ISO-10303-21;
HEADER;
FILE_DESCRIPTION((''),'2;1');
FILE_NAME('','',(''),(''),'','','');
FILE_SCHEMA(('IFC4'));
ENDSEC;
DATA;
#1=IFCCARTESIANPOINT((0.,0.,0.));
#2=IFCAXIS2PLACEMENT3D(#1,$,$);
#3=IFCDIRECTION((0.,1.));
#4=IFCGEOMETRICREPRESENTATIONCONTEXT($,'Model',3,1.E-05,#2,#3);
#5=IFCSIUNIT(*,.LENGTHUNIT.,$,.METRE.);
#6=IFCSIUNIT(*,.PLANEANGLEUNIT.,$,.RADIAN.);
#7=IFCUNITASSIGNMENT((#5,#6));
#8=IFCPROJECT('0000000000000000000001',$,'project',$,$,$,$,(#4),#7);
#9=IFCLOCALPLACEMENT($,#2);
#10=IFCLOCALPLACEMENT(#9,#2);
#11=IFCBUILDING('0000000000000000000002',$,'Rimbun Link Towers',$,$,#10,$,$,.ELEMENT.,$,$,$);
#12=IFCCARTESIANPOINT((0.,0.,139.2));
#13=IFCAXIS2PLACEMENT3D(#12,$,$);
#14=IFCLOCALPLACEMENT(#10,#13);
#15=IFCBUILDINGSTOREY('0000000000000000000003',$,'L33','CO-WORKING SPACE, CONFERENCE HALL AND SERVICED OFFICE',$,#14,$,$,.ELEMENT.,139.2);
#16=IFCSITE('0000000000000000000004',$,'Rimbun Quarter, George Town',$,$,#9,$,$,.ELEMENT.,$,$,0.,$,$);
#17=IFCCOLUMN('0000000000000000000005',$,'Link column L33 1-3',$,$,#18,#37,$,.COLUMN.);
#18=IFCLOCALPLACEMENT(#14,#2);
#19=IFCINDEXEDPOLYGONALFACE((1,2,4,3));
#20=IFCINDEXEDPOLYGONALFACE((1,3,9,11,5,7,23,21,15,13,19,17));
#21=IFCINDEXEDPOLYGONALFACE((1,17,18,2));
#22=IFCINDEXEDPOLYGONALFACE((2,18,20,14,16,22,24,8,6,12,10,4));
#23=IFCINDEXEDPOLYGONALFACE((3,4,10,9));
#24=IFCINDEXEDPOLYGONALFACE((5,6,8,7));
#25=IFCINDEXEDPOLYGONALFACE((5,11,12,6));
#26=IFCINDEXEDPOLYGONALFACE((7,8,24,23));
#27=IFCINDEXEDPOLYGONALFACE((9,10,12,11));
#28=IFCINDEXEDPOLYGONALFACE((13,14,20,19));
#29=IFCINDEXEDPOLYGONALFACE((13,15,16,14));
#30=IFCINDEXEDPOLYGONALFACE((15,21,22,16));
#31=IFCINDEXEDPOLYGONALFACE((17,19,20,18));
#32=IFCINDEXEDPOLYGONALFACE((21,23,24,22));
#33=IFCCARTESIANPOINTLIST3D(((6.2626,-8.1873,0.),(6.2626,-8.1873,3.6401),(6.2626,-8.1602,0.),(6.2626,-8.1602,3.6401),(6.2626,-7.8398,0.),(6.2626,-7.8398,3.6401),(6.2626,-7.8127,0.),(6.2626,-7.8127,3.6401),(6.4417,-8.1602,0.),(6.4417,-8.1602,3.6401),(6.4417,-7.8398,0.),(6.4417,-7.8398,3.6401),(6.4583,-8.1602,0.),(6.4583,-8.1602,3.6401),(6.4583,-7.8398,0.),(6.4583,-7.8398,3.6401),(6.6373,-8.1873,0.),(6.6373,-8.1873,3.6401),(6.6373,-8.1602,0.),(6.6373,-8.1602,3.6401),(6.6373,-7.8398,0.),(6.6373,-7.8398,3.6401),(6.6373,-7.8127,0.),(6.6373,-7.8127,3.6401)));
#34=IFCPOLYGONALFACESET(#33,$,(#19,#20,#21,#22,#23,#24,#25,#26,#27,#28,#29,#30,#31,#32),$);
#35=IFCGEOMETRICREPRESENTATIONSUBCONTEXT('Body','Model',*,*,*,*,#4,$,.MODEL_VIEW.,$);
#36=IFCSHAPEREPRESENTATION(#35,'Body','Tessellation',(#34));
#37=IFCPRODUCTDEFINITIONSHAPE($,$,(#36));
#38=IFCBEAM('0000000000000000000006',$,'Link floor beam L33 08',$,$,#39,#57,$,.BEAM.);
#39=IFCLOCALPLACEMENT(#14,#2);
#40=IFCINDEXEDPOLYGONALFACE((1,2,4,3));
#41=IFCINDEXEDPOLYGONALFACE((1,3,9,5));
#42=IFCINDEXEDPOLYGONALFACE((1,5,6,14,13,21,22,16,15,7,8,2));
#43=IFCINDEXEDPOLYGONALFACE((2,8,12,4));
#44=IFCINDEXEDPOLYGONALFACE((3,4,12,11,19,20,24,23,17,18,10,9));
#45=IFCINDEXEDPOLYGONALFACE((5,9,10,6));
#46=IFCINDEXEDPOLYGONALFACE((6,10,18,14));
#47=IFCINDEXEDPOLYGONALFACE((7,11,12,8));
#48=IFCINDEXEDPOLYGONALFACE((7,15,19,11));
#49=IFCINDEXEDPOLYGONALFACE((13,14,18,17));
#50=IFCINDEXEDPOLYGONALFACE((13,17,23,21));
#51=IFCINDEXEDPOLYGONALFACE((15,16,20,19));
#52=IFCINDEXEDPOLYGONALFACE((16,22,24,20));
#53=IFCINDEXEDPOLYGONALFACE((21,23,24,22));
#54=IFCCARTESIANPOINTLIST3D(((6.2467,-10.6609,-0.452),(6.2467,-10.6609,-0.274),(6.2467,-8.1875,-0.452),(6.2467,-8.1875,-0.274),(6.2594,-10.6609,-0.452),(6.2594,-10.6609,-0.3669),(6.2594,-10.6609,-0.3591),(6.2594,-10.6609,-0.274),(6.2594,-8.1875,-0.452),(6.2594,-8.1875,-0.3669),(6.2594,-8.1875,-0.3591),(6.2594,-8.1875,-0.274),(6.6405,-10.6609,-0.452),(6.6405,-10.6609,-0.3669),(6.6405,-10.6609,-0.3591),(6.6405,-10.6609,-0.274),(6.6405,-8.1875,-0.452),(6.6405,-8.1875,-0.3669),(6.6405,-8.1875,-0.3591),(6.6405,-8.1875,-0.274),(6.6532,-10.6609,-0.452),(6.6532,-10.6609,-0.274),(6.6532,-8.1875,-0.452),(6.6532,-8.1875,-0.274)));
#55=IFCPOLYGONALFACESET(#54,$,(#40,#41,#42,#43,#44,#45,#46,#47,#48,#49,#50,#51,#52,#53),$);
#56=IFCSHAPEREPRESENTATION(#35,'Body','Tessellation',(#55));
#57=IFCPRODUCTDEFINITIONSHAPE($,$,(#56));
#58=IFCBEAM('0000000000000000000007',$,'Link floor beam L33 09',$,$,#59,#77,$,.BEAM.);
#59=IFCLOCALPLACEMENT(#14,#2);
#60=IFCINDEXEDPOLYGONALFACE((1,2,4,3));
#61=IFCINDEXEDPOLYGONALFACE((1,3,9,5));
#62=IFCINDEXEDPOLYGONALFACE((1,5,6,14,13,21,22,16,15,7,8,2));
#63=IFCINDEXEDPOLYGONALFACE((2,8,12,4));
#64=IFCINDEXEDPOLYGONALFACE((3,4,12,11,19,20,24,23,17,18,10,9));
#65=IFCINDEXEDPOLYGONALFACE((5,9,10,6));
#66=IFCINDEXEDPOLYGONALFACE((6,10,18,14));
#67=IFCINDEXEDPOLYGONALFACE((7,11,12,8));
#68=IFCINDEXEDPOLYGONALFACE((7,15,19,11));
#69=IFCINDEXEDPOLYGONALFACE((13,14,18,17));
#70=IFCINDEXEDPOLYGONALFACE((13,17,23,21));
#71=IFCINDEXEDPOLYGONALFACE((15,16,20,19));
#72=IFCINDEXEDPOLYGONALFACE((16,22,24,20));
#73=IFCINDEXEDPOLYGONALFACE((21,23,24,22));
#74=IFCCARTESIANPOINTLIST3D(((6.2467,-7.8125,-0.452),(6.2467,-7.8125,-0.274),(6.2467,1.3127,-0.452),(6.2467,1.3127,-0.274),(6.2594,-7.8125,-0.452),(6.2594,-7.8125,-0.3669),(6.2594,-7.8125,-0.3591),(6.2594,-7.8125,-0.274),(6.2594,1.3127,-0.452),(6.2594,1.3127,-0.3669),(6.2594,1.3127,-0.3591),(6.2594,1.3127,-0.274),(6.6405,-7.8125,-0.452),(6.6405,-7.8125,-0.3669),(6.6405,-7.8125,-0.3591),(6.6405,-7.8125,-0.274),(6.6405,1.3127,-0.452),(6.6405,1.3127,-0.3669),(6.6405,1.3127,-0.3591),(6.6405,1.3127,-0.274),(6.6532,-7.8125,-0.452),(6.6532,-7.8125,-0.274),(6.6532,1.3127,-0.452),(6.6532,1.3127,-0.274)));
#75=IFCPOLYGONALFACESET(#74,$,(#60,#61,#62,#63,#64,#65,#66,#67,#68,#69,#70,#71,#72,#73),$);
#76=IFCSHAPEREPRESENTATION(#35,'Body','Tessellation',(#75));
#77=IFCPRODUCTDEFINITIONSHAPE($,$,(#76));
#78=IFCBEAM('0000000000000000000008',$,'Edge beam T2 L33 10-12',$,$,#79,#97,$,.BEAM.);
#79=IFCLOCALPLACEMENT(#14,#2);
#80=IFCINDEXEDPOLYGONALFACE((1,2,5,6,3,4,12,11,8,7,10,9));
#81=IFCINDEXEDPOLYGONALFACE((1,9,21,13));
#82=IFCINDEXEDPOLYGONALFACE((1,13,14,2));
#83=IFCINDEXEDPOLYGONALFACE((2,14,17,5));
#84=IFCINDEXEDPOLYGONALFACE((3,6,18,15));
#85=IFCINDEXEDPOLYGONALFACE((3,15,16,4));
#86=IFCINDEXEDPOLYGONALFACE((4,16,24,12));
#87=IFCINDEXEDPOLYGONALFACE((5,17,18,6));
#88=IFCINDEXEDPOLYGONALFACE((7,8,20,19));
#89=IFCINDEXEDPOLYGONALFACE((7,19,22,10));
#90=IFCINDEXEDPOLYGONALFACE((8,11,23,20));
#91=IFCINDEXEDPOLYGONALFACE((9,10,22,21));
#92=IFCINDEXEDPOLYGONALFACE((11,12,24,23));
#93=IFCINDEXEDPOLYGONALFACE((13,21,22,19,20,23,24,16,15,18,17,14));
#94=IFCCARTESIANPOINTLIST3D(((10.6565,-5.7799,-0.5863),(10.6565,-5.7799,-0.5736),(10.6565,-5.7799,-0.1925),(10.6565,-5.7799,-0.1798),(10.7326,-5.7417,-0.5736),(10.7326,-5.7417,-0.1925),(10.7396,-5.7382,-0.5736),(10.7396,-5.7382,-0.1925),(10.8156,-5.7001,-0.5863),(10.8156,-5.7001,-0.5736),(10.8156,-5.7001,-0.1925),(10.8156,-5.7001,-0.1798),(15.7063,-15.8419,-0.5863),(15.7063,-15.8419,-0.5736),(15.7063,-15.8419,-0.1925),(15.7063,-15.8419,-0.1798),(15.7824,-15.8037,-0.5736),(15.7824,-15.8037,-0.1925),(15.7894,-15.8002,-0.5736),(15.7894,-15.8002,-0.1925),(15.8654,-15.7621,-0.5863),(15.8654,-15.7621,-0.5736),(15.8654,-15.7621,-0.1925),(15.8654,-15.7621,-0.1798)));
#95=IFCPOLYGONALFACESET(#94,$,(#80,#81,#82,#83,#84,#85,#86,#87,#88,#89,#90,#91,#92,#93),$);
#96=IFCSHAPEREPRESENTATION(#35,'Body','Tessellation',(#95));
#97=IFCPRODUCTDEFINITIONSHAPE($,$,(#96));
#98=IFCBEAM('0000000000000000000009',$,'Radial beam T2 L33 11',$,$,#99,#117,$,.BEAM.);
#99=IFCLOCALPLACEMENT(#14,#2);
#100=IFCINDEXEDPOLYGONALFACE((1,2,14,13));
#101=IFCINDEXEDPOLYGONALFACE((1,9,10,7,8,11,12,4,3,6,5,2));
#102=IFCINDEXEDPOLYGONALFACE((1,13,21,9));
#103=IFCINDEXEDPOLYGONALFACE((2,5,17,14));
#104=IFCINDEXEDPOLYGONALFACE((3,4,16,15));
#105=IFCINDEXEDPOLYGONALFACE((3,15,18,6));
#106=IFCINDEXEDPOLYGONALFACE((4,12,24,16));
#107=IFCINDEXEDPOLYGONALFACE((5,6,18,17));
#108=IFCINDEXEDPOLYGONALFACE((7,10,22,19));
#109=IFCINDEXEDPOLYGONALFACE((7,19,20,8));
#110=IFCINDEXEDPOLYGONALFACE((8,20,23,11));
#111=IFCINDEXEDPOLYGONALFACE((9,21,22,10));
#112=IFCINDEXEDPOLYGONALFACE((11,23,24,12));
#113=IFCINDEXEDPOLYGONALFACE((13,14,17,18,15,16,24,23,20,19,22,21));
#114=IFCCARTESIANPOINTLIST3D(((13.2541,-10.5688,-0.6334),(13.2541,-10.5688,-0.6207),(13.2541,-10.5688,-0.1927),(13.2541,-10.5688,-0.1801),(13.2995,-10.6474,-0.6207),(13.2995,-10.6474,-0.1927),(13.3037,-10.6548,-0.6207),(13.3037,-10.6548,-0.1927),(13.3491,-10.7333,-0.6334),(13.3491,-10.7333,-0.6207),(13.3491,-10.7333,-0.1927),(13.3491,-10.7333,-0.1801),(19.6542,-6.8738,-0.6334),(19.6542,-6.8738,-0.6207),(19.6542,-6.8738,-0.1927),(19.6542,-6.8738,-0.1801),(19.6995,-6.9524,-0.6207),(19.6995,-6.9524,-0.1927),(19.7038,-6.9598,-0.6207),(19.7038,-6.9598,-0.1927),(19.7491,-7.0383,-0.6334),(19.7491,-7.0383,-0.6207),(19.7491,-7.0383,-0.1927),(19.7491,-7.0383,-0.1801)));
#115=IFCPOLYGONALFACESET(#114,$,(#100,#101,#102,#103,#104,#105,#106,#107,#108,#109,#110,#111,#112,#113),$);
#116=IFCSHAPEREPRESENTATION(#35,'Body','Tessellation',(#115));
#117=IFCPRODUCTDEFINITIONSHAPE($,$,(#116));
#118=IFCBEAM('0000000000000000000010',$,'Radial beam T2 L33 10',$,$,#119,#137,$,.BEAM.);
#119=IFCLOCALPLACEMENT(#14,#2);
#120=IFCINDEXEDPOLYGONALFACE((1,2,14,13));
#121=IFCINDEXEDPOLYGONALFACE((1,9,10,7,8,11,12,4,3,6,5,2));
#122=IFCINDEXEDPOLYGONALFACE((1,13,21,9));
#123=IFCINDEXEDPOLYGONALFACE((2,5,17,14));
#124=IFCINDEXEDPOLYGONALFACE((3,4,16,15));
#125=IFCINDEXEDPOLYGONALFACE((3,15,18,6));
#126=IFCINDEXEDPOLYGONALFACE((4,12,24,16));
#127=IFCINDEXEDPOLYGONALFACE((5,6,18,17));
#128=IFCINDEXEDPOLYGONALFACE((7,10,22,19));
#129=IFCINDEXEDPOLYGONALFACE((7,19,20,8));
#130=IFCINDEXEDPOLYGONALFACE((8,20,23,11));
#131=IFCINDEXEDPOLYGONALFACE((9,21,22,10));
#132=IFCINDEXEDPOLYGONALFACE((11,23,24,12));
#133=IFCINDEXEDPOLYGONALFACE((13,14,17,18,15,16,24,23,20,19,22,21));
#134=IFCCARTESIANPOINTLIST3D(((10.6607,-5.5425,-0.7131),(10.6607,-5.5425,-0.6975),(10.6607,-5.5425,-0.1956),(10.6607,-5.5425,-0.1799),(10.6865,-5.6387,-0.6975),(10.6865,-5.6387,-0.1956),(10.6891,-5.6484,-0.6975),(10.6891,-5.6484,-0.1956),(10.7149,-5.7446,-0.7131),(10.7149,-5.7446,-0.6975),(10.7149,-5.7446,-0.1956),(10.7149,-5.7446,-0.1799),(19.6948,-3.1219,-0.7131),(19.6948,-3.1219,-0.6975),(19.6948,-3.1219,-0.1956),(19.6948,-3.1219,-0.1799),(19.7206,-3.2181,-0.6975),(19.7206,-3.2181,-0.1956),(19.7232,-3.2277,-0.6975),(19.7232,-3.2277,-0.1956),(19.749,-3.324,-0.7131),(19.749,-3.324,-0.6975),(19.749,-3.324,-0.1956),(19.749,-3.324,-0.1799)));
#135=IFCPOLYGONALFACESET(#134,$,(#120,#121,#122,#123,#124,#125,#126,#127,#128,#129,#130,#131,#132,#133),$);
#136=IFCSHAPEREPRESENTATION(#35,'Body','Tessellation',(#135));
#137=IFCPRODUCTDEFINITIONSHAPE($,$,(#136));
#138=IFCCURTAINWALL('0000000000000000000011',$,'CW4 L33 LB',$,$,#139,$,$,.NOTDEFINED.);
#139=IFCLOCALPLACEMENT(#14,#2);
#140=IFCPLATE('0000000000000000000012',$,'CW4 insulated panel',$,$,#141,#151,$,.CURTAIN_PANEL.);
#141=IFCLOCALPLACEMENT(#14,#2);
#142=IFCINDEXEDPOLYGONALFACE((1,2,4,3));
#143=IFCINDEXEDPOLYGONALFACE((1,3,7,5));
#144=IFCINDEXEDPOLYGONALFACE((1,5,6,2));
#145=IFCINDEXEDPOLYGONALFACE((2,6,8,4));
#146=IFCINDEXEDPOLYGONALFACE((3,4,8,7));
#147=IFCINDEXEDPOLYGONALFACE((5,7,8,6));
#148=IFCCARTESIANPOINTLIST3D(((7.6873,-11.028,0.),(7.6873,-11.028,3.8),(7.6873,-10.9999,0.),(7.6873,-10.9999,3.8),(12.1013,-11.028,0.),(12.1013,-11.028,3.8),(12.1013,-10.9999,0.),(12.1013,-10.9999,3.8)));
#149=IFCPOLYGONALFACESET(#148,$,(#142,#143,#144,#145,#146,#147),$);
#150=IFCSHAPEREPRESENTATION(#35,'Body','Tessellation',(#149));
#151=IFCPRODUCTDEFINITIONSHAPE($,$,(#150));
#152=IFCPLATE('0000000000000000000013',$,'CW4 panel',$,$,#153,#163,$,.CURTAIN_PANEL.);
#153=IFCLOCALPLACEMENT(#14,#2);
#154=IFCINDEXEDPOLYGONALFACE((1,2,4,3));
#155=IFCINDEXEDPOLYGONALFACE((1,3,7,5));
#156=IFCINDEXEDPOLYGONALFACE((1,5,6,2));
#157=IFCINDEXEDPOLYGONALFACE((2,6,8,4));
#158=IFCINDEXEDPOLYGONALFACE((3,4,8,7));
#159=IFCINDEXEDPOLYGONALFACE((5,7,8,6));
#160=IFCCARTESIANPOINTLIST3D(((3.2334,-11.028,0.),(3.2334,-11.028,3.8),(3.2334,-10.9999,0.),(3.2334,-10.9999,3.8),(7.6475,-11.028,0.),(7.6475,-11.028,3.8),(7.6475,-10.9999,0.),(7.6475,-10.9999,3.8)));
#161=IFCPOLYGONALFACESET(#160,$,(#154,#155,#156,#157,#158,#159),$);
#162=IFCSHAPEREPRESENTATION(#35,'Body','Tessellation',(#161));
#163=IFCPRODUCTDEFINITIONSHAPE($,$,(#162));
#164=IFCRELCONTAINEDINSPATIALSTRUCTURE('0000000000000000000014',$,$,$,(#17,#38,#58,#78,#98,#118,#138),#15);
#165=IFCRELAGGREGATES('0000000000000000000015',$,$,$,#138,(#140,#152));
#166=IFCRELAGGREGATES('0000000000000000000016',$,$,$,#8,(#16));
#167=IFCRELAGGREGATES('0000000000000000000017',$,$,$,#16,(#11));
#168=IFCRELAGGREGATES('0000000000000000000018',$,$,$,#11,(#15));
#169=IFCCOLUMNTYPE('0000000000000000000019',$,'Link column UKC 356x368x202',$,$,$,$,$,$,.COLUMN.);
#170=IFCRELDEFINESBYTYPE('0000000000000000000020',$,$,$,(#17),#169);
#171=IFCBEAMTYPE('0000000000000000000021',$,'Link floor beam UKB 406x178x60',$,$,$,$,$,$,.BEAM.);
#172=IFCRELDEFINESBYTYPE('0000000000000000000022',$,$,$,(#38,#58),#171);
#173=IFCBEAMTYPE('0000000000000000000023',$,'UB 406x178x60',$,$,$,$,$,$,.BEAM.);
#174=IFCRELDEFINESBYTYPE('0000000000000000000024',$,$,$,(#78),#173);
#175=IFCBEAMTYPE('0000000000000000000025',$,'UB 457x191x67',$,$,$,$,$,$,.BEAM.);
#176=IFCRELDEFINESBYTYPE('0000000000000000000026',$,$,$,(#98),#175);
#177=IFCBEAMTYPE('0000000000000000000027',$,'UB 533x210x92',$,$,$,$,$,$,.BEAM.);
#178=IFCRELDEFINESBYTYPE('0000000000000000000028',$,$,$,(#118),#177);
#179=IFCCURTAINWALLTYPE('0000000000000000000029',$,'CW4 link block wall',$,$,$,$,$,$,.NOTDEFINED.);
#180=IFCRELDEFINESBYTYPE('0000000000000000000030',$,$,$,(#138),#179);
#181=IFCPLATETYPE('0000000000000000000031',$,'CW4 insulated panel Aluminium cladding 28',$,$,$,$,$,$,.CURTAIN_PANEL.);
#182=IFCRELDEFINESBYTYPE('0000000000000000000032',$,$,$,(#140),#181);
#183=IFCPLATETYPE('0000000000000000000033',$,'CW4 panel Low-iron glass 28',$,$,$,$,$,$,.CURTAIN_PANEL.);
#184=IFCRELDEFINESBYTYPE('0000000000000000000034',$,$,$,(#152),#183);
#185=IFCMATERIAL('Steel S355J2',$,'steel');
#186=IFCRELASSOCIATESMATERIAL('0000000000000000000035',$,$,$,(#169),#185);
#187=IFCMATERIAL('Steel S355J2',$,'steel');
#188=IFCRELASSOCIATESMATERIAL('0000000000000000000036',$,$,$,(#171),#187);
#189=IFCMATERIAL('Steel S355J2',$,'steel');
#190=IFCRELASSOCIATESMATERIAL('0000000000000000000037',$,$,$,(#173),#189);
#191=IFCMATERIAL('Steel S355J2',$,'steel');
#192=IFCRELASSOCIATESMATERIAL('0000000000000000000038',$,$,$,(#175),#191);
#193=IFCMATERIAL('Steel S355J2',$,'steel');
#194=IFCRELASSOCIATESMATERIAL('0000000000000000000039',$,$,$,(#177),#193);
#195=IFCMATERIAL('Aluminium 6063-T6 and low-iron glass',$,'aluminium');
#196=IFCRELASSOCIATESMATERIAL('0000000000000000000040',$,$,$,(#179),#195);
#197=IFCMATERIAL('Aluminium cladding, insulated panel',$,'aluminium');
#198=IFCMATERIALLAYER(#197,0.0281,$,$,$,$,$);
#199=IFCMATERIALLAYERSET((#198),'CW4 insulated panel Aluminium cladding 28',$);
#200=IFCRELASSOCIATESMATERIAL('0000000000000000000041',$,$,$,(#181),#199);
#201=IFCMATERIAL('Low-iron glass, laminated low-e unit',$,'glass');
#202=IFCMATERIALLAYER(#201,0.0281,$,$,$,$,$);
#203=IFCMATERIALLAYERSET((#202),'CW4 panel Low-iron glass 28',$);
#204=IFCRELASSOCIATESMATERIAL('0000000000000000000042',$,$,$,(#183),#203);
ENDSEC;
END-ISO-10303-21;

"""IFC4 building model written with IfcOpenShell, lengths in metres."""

from ifc_helpers import new_model, si_unit, direction, frame, origin, origin_2d, place, context, subcontext, project, spatial, rectangle, i_section, extrude, material, layer, layer_set, material_profile, profile_set, type_object, element, aggregate, save


model = new_model("IFC4")

# Units and contexts
model_context = context("Model", 3, precision=1e-05, world=origin(), true_north=direction((0.0, 1.0)))
body_context = subcontext(model_context, "Body", "Model", "MODEL_VIEW")
ifc_project = project(units=[si_unit("LENGTHUNIT", "METRE"), si_unit("PLANEANGLEUNIT", "RADIAN")], contexts=[model_context])

# Site, building, storey
site_placement = place(None, origin())
site = spatial("IfcSite", under=ifc_project, at=site_placement, Name="Rimbun Quarter, George Town", CompositionType="ELEMENT", RefElevation=0.0)
building_placement = place(site_placement, origin())
building = spatial("IfcBuilding", under=site, at=building_placement, Name="Rimbun Link Towers", CompositionType="ELEMENT")
storey_placement = place(building_placement, frame((0.0, 0.0, 139.2)))
storey = spatial("IfcBuildingStorey", under=building, at=storey_placement, Name="L33", Description="CO-WORKING SPACE, CONFERENCE HALL AND SERVICED OFFICE", CompositionType="ELEMENT", Elevation=139.2)

# Column
ifc_material_1 = material(Name="Steel S355J2", Category="steel")
ifc_material_profile_1 = material_profile(ifc_material_1, i_section(OverallWidth=0.3748, OverallDepth=0.3745, WebThickness=0.0166, FlangeThickness=0.0271, at=origin_2d()), Name="UKC 356x368x202")
ifc_profile_set_1 = profile_set([ifc_material_profile_1], Name="Steel S355J2")
column_type = type_object("IfcColumnType", Name="Link column UKC 356x368x202", PredefinedType="COLUMN", material=ifc_profile_set_1)
column_placement = place(storey_placement, frame((6.45, -8.0, 0.0), z_axis=(0.0, 0.0, 1.0), x_axis=(1.0, 0.0, 0.0)))
element("IfcColumn", 1, at=column_placement, inside=storey, type_object=column_type, Name="Link column L33 1-3", PredefinedType="COLUMN", context=body_context, shape_type="SweptSolid", body=[
    extrude(i_section(OverallWidth=0.3748, OverallDepth=0.3745, WebThickness=0.0166, FlangeThickness=0.0271, at=origin_2d()), origin(), (0.0, 0.0, 1.0), 3.6401),
])

# Beams
ifc_material_2 = material(Name="Steel S355J2", Category="steel")
ifc_material_profile_2 = material_profile(ifc_material_2, i_section(OverallWidth=0.178, OverallDepth=0.4065, WebThickness=0.0078, FlangeThickness=0.0127, at=origin_2d()), Name="UKB 406x178x60")
ifc_profile_set_2 = profile_set([ifc_material_profile_2], Name="Steel S355J2")
beam_type_1 = type_object("IfcBeamType", Name="Link floor beam UKB 406x178x60", PredefinedType="BEAM", material=ifc_profile_set_2)
beam_1_placement = place(storey_placement, frame((6.45, -10.6609, -0.363), z_axis=(0.0, 1.0, 0.0), x_axis=(0.0, 0.0, 1.0)))
element("IfcBeam", 2, at=beam_1_placement, inside=storey, type_object=beam_type_1, Name="Link floor beam L33 08", PredefinedType="BEAM", context=body_context, shape_type="SweptSolid", body=[
    extrude(i_section(OverallWidth=0.178, OverallDepth=0.4065, WebThickness=0.0078, FlangeThickness=0.0127, at=origin_2d()), origin(), (0.0, 0.0, 1.0), 2.4734),
])
beam_2_placement = place(storey_placement, frame((6.45, -7.8125, -0.363), z_axis=(0.0, 1.0, 0.0), x_axis=(0.0, 0.0, 1.0)))
element("IfcBeam", 3, at=beam_2_placement, inside=storey, type_object=beam_type_1, Name="Link floor beam L33 09", PredefinedType="BEAM", context=body_context, shape_type="SweptSolid", body=[
    extrude(i_section(OverallWidth=0.178, OverallDepth=0.4065, WebThickness=0.0078, FlangeThickness=0.0127, at=origin_2d()), origin(), (0.0, 0.0, 1.0), 9.1252),
])
ifc_material_3 = material(Name="Steel S355J2", Category="steel")
ifc_material_profile_3 = material_profile(ifc_material_3, i_section(OverallWidth=0.178, OverallDepth=0.4065, WebThickness=0.0078, FlangeThickness=0.0127, at=origin_2d()), Name="UB 406x178x60")
ifc_profile_set_3 = profile_set([ifc_material_profile_3], Name="Steel S355J2")
beam_type_2 = type_object("IfcBeamType", Name="UB 406x178x60", PredefinedType="BEAM", material=ifc_profile_set_3)
beam_3_placement = place(storey_placement, frame((10.7361, -5.74, -0.3831), z_axis=(0.448549, -0.893758, 0.0), x_axis=(0.893758, 0.448549, 0.0)))
element("IfcBeam", 4, at=beam_3_placement, inside=storey, type_object=beam_type_2, Name="Edge beam T2 L33 10-12", PredefinedType="BEAM", context=body_context, shape_type="SweptSolid", body=[
    extrude(i_section(OverallWidth=0.178, OverallDepth=0.4065, WebThickness=0.0078, FlangeThickness=0.0127, at=origin_2d()), origin(), (0.0, 0.0, 1.0), 11.2581),
])
ifc_material_4 = material(Name="Steel S355J2", Category="steel")
ifc_material_profile_4 = material_profile(ifc_material_4, i_section(OverallWidth=0.1899, OverallDepth=0.4534, WebThickness=0.0085, FlangeThickness=0.0127, at=origin_2d()), Name="UB 457x191x67")
ifc_profile_set_4 = profile_set([ifc_material_profile_4], Name="Steel S355J2")
beam_type_3 = type_object("IfcBeamType", Name="UB 457x191x67", PredefinedType="BEAM", material=ifc_profile_set_4)
beam_4_placement = place(storey_placement, frame((19.7017, -6.9561, -0.4067), z_axis=(-0.866029, -0.499994, 0.0), x_axis=(0.499994, -0.866029, 0.0)))
element("IfcBeam", 5, at=beam_4_placement, inside=storey, type_object=beam_type_3, Name="Radial beam T2 L33 11", PredefinedType="BEAM", context=body_context, shape_type="SweptSolid", body=[
    extrude(i_section(OverallWidth=0.1899, OverallDepth=0.4534, WebThickness=0.0085, FlangeThickness=0.0127, at=origin_2d()), origin(), (0.0, 0.0, 1.0), 7.3901),
])
ifc_material_5 = material(Name="Steel S355J2", Category="steel")
ifc_material_profile_5 = material_profile(ifc_material_5, i_section(OverallWidth=0.2092, OverallDepth=0.5332, WebThickness=0.01, FlangeThickness=0.0156, at=origin_2d()), Name="UB 533x210x92")
ifc_profile_set_5 = profile_set([ifc_material_profile_5], Name="Steel S355J2")
beam_type_4 = type_object("IfcBeamType", Name="UB 533x210x92", PredefinedType="BEAM", material=ifc_profile_set_5)
beam_5_placement = place(storey_placement, frame((19.7219, -3.2229, -0.4465), z_axis=(-0.965927, -0.258814, 0.0), x_axis=(0.258814, -0.965927, 0.0)))
element("IfcBeam", 6, at=beam_5_placement, inside=storey, type_object=beam_type_4, Name="Radial beam T2 L33 10", PredefinedType="BEAM", context=body_context, shape_type="SweptSolid", body=[
    extrude(i_section(OverallWidth=0.2092, OverallDepth=0.5332, WebThickness=0.01, FlangeThickness=0.0156, at=origin_2d()), origin(), (0.0, 0.0, 1.0), 9.3528),
])

# Curtain wall, plates
ifc_material_6 = material(Name="Aluminium 6063-T6 and low-iron glass", Category="aluminium")
curtain_wall_type = type_object("IfcCurtainWallType", Name="CW4 link block wall", PredefinedType="NOTDEFINED", material=ifc_material_6)
curtain_wall_placement = place(storey_placement, origin())
curtain_wall = element("IfcCurtainWall", 7, at=curtain_wall_placement, inside=storey, type_object=curtain_wall_type, Name="CW4 L33 LB", PredefinedType="NOTDEFINED")
ifc_material_7 = material(Name="Aluminium cladding, insulated panel", Category="aluminium")
ifc_layer_1 = layer(ifc_material_7, 0.0281)
ifc_layer_set_1 = layer_set([ifc_layer_1], Name="CW4 insulated panel Aluminium cladding 28")
plate_type_1 = type_object("IfcPlateType", Name="CW4 insulated panel Aluminium cladding 28", PredefinedType="CURTAIN_PANEL", material=ifc_layer_set_1)
plate_1_placement = place(storey_placement, frame((9.8943, -11.0139, 0.0), z_axis=(0.0, 0.0, 1.0), x_axis=(-1.0, 0.0, 0.0)))
plate_1 = element("IfcPlate", 8, at=plate_1_placement, type_object=plate_type_1, Name="CW4 insulated panel", PredefinedType="CURTAIN_PANEL", context=body_context, shape_type="SweptSolid", body=[
    extrude(rectangle(XDim=4.4141, YDim=0.0281, at=origin_2d()), origin(), (0.0, 0.0, 1.0), 3.8),
])
ifc_material_8 = material(Name="Low-iron glass, laminated low-e unit", Category="glass")
ifc_layer_2 = layer(ifc_material_8, 0.0281)
ifc_layer_set_2 = layer_set([ifc_layer_2], Name="CW4 panel Low-iron glass 28")
plate_type_2 = type_object("IfcPlateType", Name="CW4 panel Low-iron glass 28", PredefinedType="CURTAIN_PANEL", material=ifc_layer_set_2)
plate_2_placement = place(storey_placement, frame((5.4404, -11.0139, 0.0), z_axis=(0.0, 0.0, 1.0), x_axis=(-1.0, 0.0, 0.0)))
plate_2 = element("IfcPlate", 9, at=plate_2_placement, type_object=plate_type_2, Name="CW4 panel", PredefinedType="CURTAIN_PANEL", context=body_context, shape_type="SweptSolid", body=[
    extrude(rectangle(XDim=4.4141, YDim=0.0281, at=origin_2d()), origin(), (0.0, 0.0, 1.0), 3.8),
])
aggregate(curtain_wall, [plate_1, plate_2])

save(model, "model.ifc")
